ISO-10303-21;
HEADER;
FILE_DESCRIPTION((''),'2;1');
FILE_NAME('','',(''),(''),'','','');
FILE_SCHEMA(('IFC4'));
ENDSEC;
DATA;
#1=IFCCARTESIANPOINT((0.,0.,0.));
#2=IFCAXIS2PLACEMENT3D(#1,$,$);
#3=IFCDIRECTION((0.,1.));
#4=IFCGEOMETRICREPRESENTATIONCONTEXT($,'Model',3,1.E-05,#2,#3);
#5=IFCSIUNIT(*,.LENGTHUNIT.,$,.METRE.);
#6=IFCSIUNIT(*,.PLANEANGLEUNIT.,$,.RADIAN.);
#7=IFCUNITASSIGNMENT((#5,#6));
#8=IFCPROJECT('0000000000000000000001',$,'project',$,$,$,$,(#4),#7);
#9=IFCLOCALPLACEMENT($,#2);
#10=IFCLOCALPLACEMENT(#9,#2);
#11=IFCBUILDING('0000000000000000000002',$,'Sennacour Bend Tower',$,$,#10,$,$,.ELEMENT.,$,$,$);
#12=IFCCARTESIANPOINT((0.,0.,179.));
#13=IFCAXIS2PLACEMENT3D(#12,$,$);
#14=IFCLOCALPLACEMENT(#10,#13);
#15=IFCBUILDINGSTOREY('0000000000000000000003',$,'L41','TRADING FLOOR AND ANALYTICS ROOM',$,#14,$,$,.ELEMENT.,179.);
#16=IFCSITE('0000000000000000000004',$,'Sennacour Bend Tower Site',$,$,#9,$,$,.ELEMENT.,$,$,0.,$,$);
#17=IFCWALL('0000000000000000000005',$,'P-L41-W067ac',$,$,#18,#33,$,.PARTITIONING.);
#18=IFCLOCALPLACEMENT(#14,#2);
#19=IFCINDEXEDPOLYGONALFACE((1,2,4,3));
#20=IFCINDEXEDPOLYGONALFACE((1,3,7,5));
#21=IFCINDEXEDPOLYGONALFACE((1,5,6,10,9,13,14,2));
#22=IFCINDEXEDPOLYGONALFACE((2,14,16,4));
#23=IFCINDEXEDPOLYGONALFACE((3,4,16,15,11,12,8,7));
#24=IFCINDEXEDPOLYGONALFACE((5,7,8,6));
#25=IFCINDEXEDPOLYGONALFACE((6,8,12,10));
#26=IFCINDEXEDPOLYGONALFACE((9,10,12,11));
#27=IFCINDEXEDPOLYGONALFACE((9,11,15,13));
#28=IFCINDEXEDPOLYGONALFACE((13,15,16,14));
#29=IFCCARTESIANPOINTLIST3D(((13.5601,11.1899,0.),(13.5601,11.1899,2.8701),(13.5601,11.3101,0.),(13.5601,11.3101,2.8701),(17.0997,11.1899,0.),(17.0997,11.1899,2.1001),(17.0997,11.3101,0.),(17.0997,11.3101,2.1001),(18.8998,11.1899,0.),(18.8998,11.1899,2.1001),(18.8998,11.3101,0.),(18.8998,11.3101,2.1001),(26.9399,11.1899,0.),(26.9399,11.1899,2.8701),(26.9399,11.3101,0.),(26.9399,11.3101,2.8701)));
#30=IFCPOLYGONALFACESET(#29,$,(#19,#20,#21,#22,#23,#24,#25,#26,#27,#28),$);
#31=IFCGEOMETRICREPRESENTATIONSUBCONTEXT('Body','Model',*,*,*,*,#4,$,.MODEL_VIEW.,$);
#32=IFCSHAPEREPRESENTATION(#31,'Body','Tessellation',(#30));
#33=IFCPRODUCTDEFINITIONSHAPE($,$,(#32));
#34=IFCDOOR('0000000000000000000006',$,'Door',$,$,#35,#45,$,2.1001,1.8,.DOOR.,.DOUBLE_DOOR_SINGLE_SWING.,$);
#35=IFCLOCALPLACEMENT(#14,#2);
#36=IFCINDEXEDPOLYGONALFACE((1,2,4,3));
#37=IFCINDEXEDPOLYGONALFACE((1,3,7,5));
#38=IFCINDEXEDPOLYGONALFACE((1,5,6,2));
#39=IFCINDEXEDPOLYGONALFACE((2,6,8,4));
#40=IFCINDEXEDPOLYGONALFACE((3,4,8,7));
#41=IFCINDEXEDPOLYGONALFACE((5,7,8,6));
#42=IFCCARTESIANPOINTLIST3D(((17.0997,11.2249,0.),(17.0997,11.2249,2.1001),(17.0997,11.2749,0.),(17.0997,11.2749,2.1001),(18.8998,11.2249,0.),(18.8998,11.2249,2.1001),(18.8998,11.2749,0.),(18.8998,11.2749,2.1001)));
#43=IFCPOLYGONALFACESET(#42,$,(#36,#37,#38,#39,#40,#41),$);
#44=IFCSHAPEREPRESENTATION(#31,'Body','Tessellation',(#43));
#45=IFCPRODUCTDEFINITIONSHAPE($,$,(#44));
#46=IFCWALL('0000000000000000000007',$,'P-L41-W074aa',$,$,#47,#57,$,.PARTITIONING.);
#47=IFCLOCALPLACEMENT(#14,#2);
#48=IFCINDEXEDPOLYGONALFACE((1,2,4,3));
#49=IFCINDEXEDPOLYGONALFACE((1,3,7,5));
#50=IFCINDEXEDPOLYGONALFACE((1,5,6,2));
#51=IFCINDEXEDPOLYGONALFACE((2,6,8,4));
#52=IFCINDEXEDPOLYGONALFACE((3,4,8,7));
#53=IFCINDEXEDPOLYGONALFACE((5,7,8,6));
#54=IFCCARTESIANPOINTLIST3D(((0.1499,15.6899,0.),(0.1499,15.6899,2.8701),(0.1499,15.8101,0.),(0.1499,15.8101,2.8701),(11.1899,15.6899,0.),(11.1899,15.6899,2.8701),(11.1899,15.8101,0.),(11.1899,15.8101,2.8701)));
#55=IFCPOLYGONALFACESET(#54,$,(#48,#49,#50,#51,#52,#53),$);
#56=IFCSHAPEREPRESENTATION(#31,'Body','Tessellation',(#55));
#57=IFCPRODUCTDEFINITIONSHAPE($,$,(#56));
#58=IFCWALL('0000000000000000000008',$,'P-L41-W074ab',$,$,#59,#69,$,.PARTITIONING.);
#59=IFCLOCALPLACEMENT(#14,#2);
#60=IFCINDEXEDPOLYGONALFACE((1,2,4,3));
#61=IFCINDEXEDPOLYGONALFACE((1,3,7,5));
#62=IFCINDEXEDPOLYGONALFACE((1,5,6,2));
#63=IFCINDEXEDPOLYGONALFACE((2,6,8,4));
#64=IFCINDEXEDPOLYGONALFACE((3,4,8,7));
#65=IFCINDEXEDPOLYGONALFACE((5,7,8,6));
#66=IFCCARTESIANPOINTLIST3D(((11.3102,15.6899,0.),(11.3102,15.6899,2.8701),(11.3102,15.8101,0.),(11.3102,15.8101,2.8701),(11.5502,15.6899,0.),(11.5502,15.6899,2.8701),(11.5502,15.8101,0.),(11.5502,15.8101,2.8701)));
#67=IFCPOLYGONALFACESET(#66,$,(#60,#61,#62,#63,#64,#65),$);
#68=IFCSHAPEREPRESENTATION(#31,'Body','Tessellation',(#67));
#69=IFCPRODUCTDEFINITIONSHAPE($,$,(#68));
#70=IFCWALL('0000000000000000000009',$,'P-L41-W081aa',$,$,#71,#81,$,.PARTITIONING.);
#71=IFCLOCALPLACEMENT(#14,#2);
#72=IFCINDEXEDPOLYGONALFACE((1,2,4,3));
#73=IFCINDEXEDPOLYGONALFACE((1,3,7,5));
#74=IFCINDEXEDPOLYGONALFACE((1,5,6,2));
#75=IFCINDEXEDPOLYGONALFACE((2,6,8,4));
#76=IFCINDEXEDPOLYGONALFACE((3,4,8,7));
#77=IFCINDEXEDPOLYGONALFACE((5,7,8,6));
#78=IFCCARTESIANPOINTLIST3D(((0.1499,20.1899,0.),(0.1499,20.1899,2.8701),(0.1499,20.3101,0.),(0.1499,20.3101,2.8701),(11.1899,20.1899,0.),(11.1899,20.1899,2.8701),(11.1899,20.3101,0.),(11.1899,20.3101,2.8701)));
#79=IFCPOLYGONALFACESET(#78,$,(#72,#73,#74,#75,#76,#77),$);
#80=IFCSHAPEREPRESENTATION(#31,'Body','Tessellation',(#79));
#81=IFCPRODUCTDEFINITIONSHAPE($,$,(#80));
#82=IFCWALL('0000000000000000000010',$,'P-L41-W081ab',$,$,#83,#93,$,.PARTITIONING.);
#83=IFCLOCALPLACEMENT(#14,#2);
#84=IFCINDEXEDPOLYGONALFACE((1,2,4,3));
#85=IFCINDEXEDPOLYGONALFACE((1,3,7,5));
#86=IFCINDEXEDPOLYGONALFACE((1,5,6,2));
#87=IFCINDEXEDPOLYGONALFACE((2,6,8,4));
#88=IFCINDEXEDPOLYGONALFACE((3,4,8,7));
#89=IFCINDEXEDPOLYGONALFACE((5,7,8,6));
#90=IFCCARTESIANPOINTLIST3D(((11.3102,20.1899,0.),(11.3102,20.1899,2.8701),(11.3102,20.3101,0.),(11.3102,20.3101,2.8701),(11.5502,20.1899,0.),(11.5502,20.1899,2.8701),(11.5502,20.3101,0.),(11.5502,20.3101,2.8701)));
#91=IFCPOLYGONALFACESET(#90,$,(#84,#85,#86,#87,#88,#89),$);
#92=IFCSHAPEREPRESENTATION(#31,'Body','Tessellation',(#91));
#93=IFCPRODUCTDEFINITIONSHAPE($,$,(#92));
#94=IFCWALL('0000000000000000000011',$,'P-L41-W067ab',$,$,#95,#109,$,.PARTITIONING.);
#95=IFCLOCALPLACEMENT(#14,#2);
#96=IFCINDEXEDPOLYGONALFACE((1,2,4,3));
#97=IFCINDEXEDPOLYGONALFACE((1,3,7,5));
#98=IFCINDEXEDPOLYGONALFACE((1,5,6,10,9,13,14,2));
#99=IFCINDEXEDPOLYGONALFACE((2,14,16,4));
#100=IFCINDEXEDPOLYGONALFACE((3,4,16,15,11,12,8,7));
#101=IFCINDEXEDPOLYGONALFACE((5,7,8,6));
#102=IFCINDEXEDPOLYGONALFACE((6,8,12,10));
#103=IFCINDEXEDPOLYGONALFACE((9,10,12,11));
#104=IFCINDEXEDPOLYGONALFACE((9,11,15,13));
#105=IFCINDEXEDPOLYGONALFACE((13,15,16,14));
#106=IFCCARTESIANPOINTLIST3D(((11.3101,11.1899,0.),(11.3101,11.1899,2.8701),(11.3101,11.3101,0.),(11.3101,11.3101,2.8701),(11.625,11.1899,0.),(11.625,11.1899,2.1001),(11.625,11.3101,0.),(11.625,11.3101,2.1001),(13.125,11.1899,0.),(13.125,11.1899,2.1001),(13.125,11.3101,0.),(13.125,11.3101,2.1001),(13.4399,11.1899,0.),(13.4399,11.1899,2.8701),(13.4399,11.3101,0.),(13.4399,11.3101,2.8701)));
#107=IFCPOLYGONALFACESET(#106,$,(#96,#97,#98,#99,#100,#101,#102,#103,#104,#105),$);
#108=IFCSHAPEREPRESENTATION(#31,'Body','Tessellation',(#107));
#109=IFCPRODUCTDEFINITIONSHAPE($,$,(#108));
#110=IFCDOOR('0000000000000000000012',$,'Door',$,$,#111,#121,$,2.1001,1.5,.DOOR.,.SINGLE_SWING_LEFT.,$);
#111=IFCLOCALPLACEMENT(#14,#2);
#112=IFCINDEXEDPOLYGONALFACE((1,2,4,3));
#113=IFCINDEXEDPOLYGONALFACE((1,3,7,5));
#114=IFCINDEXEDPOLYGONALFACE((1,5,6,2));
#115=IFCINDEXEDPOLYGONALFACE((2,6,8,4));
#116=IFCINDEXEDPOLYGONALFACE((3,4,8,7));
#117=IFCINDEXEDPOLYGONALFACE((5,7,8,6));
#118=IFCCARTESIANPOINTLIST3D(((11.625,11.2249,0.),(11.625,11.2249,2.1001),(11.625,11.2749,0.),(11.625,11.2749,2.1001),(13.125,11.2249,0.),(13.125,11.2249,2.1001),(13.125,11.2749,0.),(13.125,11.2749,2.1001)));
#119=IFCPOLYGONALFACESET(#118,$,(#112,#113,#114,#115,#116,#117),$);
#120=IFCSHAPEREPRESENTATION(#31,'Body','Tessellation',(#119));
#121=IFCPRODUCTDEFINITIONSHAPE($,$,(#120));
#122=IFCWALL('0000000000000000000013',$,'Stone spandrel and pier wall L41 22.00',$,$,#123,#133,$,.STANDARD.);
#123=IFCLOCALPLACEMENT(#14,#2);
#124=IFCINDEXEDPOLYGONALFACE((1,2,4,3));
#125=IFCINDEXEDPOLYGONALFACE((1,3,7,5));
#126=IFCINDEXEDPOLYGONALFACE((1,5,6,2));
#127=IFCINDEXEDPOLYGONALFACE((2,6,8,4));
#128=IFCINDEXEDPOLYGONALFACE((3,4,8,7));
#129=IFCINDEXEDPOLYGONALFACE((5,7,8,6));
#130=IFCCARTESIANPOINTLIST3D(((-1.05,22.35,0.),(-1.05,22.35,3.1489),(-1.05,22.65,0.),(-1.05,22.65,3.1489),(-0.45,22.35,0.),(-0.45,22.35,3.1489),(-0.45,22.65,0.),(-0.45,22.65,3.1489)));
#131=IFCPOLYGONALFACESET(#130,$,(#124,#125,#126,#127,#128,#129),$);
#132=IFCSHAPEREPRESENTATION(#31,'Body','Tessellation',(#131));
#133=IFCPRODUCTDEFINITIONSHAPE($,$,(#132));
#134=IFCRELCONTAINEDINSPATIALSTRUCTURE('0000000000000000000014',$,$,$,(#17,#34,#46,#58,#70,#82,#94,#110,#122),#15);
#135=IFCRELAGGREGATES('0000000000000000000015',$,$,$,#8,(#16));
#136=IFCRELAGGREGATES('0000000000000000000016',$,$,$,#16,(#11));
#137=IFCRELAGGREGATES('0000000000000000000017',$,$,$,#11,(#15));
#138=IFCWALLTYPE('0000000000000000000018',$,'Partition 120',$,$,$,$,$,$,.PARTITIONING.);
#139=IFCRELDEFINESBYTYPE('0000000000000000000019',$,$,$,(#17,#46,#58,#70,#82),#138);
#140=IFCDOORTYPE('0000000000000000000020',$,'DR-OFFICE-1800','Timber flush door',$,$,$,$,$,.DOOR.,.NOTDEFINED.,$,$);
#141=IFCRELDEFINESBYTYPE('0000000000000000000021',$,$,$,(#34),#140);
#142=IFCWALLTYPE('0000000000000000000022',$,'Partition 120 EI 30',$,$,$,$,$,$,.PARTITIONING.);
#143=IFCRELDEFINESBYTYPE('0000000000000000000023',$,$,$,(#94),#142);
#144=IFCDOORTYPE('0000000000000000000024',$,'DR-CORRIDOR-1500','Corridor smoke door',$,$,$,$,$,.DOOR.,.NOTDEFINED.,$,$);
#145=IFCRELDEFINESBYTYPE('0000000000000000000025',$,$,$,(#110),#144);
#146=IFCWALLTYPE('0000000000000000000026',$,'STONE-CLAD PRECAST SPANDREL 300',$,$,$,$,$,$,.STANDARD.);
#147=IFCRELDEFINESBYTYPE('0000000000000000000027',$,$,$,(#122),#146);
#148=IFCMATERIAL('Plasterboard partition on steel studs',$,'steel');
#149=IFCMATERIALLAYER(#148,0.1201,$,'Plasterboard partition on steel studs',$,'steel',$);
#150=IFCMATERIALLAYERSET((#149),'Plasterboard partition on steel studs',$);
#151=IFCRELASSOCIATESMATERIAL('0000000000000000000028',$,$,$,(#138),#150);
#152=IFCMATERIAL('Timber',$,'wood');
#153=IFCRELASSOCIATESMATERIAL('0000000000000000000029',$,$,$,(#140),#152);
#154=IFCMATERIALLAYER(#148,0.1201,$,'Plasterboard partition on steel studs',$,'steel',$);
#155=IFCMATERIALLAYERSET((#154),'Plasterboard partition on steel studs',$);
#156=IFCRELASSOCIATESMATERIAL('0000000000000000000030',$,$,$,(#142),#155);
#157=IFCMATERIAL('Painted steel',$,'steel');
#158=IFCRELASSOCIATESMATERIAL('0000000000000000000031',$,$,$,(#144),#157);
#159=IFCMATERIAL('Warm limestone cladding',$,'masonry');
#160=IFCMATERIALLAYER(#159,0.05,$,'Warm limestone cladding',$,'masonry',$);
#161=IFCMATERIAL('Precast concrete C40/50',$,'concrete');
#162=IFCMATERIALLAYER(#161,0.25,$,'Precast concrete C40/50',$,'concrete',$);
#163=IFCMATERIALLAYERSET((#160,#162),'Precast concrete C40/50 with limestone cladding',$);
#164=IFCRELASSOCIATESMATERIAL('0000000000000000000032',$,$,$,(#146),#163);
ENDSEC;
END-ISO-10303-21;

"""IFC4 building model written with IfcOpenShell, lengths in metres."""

from ifc_helpers import new_model, si_unit, direction, frame, frame_2d, origin, place, context, subcontext, project, spatial, rectangle, extrude, material, layer, layer_set, type_object, element, fill, save


model = new_model("IFC4")

# Units and contexts
model_context = context("Model", 3, precision=1e-05, world=origin(), true_north=direction((0.0, 1.0)))
body_context = subcontext(model_context, "Body", "Model", "MODEL_VIEW")
ifc_project = project(units=[si_unit("LENGTHUNIT", "METRE"), si_unit("PLANEANGLEUNIT", "RADIAN")], contexts=[model_context])

# Site, building, storey
site_placement = place(None, origin())
site = spatial("IfcSite", under=ifc_project, at=site_placement, Name="Sennacour Bend Tower Site", CompositionType="ELEMENT", RefElevation=0.0)
building_placement = place(site_placement, origin())
building = spatial("IfcBuilding", under=site, at=building_placement, Name="Sennacour Bend Tower", CompositionType="ELEMENT")
storey_placement = place(building_placement, frame((0.0, 0.0, 179.0)))
storey = spatial("IfcBuildingStorey", under=building, at=storey_placement, Name="L41", Description="TRADING FLOOR AND ANALYTICS ROOM", CompositionType="ELEMENT", Elevation=179.0)

# Shared definitions
ifc_material_1 = material(Name="Plasterboard partition on steel studs", Category="steel")
ifc_layer_1 = layer(ifc_material_1, 0.1201, Name="Plasterboard partition on steel studs", Category="steel")
ifc_layer_set_1 = layer_set([ifc_layer_1], Name="Plasterboard partition on steel studs")
wall_type_1 = type_object("IfcWallType", Name="Partition 120", PredefinedType="PARTITIONING", material=ifc_layer_set_1)
ifc_material_2 = material(Name="Timber", Category="wood")

# Wall, opening, door
wall_1_placement = place(storey_placement, frame((13.5601, 11.25, 0.0), z_axis=(0.0, 0.0, 1.0), x_axis=(1.0, 0.0, 0.0)))
wall_1 = element("IfcWall", 1, at=wall_1_placement, inside=storey, type_object=wall_type_1, Name="P-L41-W067ac", PredefinedType="PARTITIONING", context=body_context, shape_type="SweptSolid", body=[
    extrude(rectangle(XDim=13.3799, YDim=0.1201, at=frame_2d((6.6899, 0.0))), origin(), (0.0, 0.0, 1.0), 2.8701),
])
opening_1_placement = place(wall_1_placement, frame((3.5398, 0.0, 0.0)))
opening_1 = element("IfcOpeningElement", 2, at=opening_1_placement, cuts=wall_1, PredefinedType="OPENING", context=body_context, shape_type="SweptSolid", body=[
    extrude(rectangle(XDim=1.8, YDim=2.1001, at=frame_2d((0.8999, 1.05))), frame((0.0, 0.0701, 0.0), z_axis=(0.0, -1.0, 0.0), x_axis=(1.0, 0.0, 0.0)), (0.0, 0.0, 1.0), 0.1401),
])
door_type_1 = type_object("IfcDoorType", Name="DR-OFFICE-1800", Description="Timber flush door", OperationType="NOTDEFINED", PredefinedType="DOOR", material=ifc_material_2)
door_1_placement = place(opening_1_placement, origin())
door_1 = element("IfcDoor", 3, at=door_1_placement, inside=storey, type_object=door_type_1, Name="Door", OperationType="DOUBLE_DOOR_SINGLE_SWING", OverallHeight=2.1001, OverallWidth=1.8, PredefinedType="DOOR", context=body_context, shape_type="SweptSolid", body=[
    extrude(rectangle(XDim=1.8, YDim=2.1001, at=frame_2d((0.8999, 1.05))), frame((0.0, 0.0249, 0.0), z_axis=(0.0, -1.0, 0.0), x_axis=(1.0, 0.0, 0.0)), (0.0, 0.0, 1.0), 0.05),
])
fill(opening_1, door_1)

# Walls
wall_2_placement = place(storey_placement, frame((0.1499, 15.75, 0.0), z_axis=(0.0, 0.0, 1.0), x_axis=(1.0, 0.0, 0.0)))
element("IfcWall", 4, at=wall_2_placement, inside=storey, type_object=wall_type_1, Name="P-L41-W074aa", PredefinedType="PARTITIONING", context=body_context, shape_type="SweptSolid", body=[
    extrude(rectangle(XDim=11.04, YDim=0.1201, at=frame_2d((5.52, 0.0))), origin(), (0.0, 0.0, 1.0), 2.8701),
])
wall_3_placement = place(storey_placement, frame((11.3101, 15.75, 0.0), z_axis=(0.0, 0.0, 1.0), x_axis=(1.0, 0.0, 0.0)))
element("IfcWall", 5, at=wall_3_placement, inside=storey, type_object=wall_type_1, Name="P-L41-W074ab", PredefinedType="PARTITIONING", context=body_context, shape_type="SweptSolid", body=[
    extrude(rectangle(XDim=0.24, YDim=0.1201, at=frame_2d((0.1201, 0.0))), origin(), (0.0, 0.0, 1.0), 2.8701),
])
wall_4_placement = place(storey_placement, frame((0.1499, 20.25, 0.0), z_axis=(0.0, 0.0, 1.0), x_axis=(1.0, 0.0, 0.0)))
element("IfcWall", 6, at=wall_4_placement, inside=storey, type_object=wall_type_1, Name="P-L41-W081aa", PredefinedType="PARTITIONING", context=body_context, shape_type="SweptSolid", body=[
    extrude(rectangle(XDim=11.04, YDim=0.1201, at=frame_2d((5.52, 0.0))), origin(), (0.0, 0.0, 1.0), 2.8701),
])
wall_5_placement = place(storey_placement, frame((11.3101, 20.25, 0.0), z_axis=(0.0, 0.0, 1.0), x_axis=(1.0, 0.0, 0.0)))
element("IfcWall", 7, at=wall_5_placement, inside=storey, type_object=wall_type_1, Name="P-L41-W081ab", PredefinedType="PARTITIONING", context=body_context, shape_type="SweptSolid", body=[
    extrude(rectangle(XDim=0.24, YDim=0.1201, at=frame_2d((0.1201, 0.0))), origin(), (0.0, 0.0, 1.0), 2.8701),
])

# Wall, opening, door
ifc_layer_2 = layer(ifc_material_1, 0.1201, Name="Plasterboard partition on steel studs", Category="steel")
ifc_layer_set_2 = layer_set([ifc_layer_2], Name="Plasterboard partition on steel studs")
wall_type_2 = type_object("IfcWallType", Name="Partition 120 EI 30", PredefinedType="PARTITIONING", material=ifc_layer_set_2)
wall_6_placement = place(storey_placement, frame((11.3101, 11.25, 0.0), z_axis=(0.0, 0.0, 1.0), x_axis=(1.0, 0.0, 0.0)))
wall_6 = element("IfcWall", 8, at=wall_6_placement, inside=storey, type_object=wall_type_2, Name="P-L41-W067ab", PredefinedType="PARTITIONING", context=body_context, shape_type="SweptSolid", body=[
    extrude(rectangle(XDim=2.1299, YDim=0.1201, at=frame_2d((1.0649, 0.0))), origin(), (0.0, 0.0, 1.0), 2.8701),
])
opening_2_placement = place(wall_6_placement, frame((0.3149, 0.0, 0.0)))
opening_2 = element("IfcOpeningElement", 9, at=opening_2_placement, cuts=wall_6, PredefinedType="OPENING", context=body_context, shape_type="SweptSolid", body=[
    extrude(rectangle(XDim=1.5, YDim=2.1001, at=frame_2d((0.75, 1.05))), frame((0.0, 0.0701, 0.0), z_axis=(0.0, -1.0, 0.0), x_axis=(1.0, 0.0, 0.0)), (0.0, 0.0, 1.0), 0.1401),
])
ifc_material_3 = material(Name="Painted steel", Category="steel")
door_type_2 = type_object("IfcDoorType", Name="DR-CORRIDOR-1500", Description="Corridor smoke door", OperationType="NOTDEFINED", PredefinedType="DOOR", material=ifc_material_3)
door_2_placement = place(opening_2_placement, origin())
door_2 = element("IfcDoor", 10, at=door_2_placement, inside=storey, type_object=door_type_2, Name="Door", OperationType="SINGLE_SWING_LEFT", OverallHeight=2.1001, OverallWidth=1.5, PredefinedType="DOOR", context=body_context, shape_type="SweptSolid", body=[
    extrude(rectangle(XDim=1.5, YDim=2.1001, at=frame_2d((0.75, 1.05))), frame((0.0, 0.0249, 0.0), z_axis=(0.0, -1.0, 0.0), x_axis=(1.0, 0.0, 0.0)), (0.0, 0.0, 1.0), 0.05),
])
fill(opening_2, door_2)

# Wall
ifc_material_4 = material(Name="Warm limestone cladding", Category="masonry")
ifc_layer_3 = layer(ifc_material_4, 0.05, Name="Warm limestone cladding", Category="masonry")
ifc_material_5 = material(Name="Precast concrete C40/50", Category="concrete")
ifc_layer_4 = layer(ifc_material_5, 0.25, Name="Precast concrete C40/50", Category="concrete")
ifc_layer_set_3 = layer_set([ifc_layer_3, ifc_layer_4], Name="Precast concrete C40/50 with limestone cladding")
wall_type_3 = type_object("IfcWallType", Name="STONE-CLAD PRECAST SPANDREL 300", PredefinedType="STANDARD", material=ifc_layer_set_3)
wall_7_placement = place(storey_placement, frame((-1.05, 22.5, 0.0), z_axis=(0.0, 0.0, 1.0), x_axis=(1.0, 0.0, 0.0)))
element("IfcWall", 11, at=wall_7_placement, inside=storey, type_object=wall_type_3, Name="Stone spandrel and pier wall L41 22.00", PredefinedType="STANDARD", context=body_context, shape_type="SweptSolid", body=[
    extrude(rectangle(XDim=0.6001, YDim=0.3, at=frame_2d((0.3, 0.0))), origin(), (0.0, 0.0, 1.0), 3.1489),
])

save(model, "model.ifc")
